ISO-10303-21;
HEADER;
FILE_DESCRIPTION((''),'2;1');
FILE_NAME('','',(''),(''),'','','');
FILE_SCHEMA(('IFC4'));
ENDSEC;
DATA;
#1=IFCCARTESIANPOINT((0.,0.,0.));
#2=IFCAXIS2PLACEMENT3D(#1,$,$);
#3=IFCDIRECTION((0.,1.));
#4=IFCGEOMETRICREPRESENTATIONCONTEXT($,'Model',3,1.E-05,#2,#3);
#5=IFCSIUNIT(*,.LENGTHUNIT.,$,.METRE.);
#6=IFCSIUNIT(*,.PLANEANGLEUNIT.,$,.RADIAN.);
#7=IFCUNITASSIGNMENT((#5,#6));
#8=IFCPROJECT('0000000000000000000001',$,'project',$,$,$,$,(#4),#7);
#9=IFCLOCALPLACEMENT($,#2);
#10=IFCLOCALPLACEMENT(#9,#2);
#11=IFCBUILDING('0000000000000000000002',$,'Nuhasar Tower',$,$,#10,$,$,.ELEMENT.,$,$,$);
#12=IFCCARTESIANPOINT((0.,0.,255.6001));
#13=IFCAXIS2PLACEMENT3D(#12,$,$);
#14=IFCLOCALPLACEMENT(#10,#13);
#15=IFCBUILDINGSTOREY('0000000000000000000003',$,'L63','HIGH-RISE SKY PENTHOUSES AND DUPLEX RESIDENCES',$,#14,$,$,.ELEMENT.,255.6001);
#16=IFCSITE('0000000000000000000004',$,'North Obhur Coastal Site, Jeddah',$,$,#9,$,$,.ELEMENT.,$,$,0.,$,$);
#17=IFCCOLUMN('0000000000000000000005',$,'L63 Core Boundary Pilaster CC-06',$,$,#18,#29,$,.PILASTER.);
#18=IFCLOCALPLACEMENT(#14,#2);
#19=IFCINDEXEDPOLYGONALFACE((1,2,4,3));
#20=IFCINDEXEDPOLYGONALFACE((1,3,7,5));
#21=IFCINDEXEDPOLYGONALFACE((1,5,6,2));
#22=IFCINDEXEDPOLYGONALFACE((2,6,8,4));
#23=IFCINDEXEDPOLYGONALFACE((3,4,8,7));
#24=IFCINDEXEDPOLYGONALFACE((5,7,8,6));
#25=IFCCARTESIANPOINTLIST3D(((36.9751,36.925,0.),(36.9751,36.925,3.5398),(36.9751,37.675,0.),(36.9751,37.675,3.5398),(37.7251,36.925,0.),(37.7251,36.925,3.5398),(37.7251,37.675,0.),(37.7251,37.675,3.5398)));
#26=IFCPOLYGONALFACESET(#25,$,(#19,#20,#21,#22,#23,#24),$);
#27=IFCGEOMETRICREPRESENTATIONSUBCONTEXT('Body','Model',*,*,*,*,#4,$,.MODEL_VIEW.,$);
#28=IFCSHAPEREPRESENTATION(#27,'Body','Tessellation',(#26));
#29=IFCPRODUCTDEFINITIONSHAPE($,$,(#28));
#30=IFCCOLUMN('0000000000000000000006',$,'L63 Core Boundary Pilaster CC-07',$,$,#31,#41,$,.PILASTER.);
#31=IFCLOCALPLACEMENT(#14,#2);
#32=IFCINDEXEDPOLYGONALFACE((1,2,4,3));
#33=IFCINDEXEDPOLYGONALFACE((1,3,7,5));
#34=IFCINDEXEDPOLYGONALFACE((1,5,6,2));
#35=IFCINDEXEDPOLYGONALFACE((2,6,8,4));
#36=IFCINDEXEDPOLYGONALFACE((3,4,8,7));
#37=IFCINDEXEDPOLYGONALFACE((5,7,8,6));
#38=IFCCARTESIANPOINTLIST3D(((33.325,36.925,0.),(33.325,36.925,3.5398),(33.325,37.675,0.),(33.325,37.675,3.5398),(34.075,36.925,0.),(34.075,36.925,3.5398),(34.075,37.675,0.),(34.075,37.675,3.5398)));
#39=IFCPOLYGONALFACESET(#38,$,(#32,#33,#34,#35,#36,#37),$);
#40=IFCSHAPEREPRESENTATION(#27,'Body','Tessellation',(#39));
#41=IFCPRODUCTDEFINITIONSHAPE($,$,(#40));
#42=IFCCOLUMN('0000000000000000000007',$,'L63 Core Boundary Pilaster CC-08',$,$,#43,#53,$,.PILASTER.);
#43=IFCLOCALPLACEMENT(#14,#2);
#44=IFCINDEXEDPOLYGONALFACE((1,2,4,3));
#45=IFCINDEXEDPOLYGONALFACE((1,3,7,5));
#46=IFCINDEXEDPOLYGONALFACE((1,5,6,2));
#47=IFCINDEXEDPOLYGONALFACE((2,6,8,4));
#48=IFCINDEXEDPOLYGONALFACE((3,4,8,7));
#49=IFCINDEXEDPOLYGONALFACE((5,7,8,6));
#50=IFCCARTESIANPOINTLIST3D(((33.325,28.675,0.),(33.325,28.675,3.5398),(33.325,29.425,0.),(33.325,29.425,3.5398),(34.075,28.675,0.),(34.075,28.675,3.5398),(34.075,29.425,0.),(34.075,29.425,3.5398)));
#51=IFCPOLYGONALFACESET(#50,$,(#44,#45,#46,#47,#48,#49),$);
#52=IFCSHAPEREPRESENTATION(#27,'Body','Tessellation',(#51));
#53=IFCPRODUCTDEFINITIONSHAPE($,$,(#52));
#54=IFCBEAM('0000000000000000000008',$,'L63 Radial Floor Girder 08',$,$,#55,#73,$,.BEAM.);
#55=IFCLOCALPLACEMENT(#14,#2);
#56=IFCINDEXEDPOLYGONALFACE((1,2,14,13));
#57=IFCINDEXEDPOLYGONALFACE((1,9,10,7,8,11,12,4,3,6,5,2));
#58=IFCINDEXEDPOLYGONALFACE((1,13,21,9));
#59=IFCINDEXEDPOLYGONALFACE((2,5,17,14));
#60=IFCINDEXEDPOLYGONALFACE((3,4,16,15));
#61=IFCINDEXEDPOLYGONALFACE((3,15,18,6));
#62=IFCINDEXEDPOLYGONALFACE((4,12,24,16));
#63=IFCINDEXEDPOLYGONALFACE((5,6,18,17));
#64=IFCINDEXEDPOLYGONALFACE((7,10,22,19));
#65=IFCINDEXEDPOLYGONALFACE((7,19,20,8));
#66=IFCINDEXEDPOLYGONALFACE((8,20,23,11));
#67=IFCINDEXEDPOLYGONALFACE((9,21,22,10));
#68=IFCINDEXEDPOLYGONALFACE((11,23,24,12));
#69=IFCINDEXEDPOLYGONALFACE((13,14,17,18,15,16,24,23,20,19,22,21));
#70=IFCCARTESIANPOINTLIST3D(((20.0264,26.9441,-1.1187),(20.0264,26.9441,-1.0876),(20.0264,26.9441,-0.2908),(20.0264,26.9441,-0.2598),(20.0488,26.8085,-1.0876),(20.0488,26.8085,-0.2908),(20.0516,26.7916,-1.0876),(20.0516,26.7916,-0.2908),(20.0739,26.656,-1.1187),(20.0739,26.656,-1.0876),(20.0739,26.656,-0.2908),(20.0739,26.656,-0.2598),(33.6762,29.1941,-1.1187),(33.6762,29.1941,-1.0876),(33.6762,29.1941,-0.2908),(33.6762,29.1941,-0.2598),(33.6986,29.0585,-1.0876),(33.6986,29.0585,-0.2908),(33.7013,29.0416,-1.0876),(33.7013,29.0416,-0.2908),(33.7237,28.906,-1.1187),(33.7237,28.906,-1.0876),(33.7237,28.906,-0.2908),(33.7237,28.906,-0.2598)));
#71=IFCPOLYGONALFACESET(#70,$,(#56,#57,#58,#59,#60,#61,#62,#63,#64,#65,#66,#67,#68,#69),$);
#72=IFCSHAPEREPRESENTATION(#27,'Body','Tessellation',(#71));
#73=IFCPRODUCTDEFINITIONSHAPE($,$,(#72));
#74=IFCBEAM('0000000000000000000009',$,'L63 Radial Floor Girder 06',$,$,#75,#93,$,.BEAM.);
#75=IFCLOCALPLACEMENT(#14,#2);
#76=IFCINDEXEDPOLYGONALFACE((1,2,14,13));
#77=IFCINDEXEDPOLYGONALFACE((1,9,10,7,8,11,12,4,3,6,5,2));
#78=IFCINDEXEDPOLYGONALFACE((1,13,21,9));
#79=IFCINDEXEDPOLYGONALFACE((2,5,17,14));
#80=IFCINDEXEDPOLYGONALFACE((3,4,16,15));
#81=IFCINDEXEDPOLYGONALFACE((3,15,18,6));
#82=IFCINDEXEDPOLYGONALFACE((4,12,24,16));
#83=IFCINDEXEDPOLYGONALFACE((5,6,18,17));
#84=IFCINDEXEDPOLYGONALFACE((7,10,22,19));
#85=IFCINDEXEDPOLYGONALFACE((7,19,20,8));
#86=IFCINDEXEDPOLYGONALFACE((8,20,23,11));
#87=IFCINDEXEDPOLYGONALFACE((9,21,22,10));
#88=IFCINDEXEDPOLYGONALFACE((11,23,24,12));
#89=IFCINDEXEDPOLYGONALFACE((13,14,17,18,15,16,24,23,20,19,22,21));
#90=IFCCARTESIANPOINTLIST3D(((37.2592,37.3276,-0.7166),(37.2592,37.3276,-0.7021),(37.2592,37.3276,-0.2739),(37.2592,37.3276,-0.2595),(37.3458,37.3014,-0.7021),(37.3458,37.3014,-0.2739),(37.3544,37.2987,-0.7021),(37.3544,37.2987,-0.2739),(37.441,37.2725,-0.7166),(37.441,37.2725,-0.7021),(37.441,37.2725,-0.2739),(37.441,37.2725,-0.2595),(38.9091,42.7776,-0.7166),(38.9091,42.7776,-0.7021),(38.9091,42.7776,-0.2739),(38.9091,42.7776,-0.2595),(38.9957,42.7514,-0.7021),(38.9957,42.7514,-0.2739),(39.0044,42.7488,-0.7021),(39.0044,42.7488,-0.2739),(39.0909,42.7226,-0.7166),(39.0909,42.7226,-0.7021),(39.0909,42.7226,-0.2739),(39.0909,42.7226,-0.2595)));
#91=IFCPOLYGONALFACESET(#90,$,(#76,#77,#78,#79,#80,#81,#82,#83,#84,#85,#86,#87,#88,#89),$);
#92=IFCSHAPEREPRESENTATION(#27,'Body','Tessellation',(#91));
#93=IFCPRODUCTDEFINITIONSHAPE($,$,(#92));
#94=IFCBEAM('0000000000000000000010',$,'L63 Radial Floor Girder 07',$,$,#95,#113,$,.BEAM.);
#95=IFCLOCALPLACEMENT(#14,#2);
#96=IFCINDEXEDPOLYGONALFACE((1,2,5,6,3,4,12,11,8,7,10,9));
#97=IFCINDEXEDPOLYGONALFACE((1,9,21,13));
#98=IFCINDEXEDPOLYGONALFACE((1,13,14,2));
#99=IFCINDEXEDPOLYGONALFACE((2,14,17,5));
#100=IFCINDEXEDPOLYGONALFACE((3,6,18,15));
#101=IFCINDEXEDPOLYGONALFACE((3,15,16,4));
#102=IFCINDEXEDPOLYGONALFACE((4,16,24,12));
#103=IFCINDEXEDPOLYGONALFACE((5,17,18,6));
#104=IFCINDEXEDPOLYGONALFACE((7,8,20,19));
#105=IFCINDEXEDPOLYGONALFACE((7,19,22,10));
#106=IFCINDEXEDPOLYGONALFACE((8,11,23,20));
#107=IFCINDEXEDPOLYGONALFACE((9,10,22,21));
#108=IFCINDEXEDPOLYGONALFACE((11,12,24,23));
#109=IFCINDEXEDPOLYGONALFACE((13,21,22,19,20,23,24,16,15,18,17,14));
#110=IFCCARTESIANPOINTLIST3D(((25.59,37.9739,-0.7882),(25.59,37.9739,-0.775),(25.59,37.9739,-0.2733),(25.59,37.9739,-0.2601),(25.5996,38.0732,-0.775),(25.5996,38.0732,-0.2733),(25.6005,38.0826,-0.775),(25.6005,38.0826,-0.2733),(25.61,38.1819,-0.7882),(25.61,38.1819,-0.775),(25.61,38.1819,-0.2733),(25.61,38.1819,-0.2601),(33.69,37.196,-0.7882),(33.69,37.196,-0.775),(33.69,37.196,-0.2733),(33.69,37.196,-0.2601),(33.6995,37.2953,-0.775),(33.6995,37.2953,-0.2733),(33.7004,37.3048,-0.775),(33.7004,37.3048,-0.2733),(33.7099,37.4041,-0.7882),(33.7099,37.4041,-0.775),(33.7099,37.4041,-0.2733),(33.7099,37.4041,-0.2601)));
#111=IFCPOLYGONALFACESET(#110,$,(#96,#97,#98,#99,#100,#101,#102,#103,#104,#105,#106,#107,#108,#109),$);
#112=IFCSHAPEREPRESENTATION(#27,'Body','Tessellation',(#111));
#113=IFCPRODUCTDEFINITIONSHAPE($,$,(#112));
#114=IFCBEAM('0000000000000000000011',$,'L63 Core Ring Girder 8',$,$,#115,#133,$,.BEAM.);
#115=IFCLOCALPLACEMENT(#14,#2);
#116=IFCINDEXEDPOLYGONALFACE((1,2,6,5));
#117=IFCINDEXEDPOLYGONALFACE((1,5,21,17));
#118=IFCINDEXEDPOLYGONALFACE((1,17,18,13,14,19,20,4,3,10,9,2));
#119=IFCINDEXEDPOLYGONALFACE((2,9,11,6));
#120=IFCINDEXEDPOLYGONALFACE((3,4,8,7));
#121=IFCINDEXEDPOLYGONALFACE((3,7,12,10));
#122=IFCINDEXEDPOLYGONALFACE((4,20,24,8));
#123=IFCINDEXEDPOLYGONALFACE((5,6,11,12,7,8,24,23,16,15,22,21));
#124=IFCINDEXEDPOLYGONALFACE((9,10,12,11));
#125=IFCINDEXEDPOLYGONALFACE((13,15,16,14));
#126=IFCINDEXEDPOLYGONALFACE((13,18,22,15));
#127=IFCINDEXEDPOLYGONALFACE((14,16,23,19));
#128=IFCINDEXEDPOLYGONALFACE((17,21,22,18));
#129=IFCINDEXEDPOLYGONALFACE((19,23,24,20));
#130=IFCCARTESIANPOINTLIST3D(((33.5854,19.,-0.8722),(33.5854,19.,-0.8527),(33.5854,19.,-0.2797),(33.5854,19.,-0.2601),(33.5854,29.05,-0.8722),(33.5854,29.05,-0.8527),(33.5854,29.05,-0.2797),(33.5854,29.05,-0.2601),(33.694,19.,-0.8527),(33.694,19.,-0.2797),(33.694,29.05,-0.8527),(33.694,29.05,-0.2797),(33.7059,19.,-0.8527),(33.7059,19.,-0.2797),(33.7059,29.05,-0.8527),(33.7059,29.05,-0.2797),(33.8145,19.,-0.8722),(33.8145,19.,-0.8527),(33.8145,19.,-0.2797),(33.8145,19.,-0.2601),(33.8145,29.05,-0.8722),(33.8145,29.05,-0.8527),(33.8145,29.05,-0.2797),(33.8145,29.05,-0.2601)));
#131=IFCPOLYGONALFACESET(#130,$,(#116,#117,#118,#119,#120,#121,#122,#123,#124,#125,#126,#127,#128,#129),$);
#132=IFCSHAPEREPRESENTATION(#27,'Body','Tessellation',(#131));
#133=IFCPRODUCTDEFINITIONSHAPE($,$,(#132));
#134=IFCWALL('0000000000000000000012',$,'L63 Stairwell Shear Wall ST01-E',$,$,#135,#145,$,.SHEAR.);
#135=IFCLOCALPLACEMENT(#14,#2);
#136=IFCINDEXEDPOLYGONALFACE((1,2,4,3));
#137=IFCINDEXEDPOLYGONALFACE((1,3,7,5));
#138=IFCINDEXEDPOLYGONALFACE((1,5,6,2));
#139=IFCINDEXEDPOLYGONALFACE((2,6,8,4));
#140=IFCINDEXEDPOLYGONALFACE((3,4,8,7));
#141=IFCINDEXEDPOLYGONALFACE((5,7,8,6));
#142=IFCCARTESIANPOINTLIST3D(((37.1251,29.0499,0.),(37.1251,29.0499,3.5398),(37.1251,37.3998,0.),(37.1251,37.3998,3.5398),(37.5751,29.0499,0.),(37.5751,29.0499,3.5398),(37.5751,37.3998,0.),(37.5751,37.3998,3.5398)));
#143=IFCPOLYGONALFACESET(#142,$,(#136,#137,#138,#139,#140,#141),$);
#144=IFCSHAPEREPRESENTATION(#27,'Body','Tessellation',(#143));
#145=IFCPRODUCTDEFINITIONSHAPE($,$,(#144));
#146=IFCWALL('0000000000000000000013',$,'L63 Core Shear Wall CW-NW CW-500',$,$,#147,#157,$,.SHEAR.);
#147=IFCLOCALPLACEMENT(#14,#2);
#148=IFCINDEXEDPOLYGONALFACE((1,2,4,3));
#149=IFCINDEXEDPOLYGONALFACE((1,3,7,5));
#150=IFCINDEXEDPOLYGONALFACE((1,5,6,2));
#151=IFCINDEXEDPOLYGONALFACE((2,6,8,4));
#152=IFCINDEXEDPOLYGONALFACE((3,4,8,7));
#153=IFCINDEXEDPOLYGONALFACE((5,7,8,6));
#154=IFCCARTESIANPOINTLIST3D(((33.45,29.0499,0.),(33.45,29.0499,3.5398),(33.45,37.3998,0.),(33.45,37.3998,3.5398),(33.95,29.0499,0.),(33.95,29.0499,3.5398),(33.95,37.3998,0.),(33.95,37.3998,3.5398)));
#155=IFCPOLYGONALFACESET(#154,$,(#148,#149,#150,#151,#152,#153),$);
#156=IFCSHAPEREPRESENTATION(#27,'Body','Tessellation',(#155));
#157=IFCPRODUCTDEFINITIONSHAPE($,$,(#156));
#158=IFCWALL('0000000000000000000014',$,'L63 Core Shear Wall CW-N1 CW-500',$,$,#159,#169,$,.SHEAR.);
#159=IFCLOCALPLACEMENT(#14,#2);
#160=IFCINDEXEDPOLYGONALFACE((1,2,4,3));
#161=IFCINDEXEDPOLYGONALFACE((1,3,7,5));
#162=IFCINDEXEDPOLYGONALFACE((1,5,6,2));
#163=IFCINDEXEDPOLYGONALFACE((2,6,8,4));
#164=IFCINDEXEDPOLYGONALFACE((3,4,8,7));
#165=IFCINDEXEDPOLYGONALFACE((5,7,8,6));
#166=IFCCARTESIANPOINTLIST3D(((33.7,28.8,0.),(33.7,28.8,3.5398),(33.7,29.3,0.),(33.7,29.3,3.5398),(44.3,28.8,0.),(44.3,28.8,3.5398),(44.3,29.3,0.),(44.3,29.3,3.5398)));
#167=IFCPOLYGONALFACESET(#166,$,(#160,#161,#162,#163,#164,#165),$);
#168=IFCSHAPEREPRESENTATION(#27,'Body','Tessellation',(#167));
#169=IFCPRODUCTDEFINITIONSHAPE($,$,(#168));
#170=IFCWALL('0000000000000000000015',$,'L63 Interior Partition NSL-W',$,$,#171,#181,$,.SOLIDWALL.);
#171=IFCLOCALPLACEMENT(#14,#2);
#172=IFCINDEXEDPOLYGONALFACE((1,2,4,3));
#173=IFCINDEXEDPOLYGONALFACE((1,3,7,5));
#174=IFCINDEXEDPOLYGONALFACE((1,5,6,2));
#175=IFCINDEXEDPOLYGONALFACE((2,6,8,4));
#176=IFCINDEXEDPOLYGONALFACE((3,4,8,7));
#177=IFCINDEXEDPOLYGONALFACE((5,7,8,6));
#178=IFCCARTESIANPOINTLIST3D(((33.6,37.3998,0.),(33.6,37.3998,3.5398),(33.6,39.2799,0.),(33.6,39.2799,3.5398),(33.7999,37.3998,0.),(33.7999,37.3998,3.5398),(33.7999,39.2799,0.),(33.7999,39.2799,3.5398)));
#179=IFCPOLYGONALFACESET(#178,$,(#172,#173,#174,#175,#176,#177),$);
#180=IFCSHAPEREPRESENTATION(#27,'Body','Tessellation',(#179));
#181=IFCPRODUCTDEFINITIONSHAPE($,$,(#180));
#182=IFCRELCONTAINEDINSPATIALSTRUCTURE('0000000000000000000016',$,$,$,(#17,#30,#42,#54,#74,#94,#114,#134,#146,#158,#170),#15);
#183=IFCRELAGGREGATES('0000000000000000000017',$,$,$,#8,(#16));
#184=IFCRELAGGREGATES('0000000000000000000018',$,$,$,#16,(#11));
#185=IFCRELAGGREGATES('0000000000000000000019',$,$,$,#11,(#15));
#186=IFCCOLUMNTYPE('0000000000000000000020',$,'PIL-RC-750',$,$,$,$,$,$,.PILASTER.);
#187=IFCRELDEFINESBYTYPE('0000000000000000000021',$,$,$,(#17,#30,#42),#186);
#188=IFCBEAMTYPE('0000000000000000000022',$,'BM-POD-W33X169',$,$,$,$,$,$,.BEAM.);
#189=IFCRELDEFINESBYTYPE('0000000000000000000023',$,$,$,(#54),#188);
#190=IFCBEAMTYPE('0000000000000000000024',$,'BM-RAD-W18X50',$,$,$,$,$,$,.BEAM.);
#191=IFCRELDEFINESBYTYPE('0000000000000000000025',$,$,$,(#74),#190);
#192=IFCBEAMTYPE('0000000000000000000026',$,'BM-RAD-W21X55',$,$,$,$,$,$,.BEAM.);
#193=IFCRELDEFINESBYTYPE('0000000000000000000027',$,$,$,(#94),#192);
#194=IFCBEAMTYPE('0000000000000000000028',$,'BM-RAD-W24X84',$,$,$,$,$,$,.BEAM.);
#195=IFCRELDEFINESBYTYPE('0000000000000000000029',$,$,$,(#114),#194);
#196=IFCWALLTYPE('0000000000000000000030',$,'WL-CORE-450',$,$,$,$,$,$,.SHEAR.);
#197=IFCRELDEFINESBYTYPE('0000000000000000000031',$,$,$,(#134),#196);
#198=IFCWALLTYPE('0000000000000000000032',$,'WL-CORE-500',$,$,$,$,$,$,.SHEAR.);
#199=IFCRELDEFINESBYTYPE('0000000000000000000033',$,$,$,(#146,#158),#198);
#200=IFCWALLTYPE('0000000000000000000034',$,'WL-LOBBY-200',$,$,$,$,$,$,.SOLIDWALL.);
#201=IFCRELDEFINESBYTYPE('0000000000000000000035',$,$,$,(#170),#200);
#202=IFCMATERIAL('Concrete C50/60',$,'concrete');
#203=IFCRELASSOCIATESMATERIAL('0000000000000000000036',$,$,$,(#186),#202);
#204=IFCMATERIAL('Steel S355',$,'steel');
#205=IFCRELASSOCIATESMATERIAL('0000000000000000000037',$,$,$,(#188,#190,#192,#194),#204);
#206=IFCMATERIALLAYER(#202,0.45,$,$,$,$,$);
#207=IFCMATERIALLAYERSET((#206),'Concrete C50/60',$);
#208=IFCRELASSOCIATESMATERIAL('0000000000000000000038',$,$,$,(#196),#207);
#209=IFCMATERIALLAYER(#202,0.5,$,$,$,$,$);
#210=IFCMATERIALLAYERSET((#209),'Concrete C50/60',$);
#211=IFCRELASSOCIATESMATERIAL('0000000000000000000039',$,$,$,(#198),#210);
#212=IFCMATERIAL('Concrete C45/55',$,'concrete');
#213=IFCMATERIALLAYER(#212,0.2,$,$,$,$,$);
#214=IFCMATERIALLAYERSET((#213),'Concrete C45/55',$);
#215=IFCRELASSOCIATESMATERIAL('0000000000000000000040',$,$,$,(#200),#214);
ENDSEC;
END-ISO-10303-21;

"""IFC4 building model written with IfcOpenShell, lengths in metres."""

from ifc_helpers import new_model, si_unit, direction, frame, frame_2d, origin, origin_2d, place, context, subcontext, project, spatial, rectangle, i_section, extrude, material, layer, layer_set, material_profile, profile_set, type_object, element, save


model = new_model("IFC4")

# Units and contexts
model_context = context("Model", 3, precision=1e-05, world=origin(), true_north=direction((0.0, 1.0)))
body_context = subcontext(model_context, "Body", "Model", "MODEL_VIEW")
ifc_project = project(units=[si_unit("LENGTHUNIT", "METRE"), si_unit("PLANEANGLEUNIT", "RADIAN")], contexts=[model_context])

# Site, building, storey
site_placement = place(None, origin())
site = spatial("IfcSite", under=ifc_project, at=site_placement, Name="North Obhur Coastal Site, Jeddah", CompositionType="ELEMENT", RefElevation=0.0)
building_placement = place(site_placement, origin())
building = spatial("IfcBuilding", under=site, at=building_placement, Name="Nuhasar Tower", CompositionType="ELEMENT")
storey_placement = place(building_placement, frame((0.0, 0.0, 255.6001)))
storey = spatial("IfcBuildingStorey", under=building, at=storey_placement, Name="L63", Description="HIGH-RISE SKY PENTHOUSES AND DUPLEX RESIDENCES", CompositionType="ELEMENT", Elevation=255.6001)

# Columns
ifc_material_1 = material(Name="Concrete C50/60", Category="concrete")
ifc_material_profile_1 = material_profile(ifc_material_1, rectangle(XDim=0.75, YDim=0.75, at=origin_2d()), Name="RC750X750")
ifc_profile_set_1 = profile_set([ifc_material_profile_1], Name="Concrete C50/60")
column_type = type_object("IfcColumnType", Name="PIL-RC-750", PredefinedType="PILASTER", material=ifc_profile_set_1)
for number, where, z_axis, x_axis, name in (
    (1, (37.3501, 37.3, 0.0), (0.0, 0.0, 1.0), (1.0, 0.0, 0.0), "L63 Core Boundary Pilaster CC-06"),
    (2, (33.7, 37.3, 0.0), (0.0, 0.0, 1.0), (1.0, 0.0, 0.0), "L63 Core Boundary Pilaster CC-07"),
    (3, (33.7, 29.05, 0.0), (0.0, 0.0, 1.0), (1.0, 0.0, 0.0), "L63 Core Boundary Pilaster CC-08"),
):
    element("IfcColumn", number, at=place(storey_placement, frame(where, z_axis=z_axis, x_axis=x_axis)), inside=storey, type_object=column_type, Name=name, PredefinedType="PILASTER", context=body_context, shape_type="SweptSolid", body=[
        extrude(rectangle(XDim=0.75, YDim=0.75, at=origin_2d()), origin(), (0.0, 0.0, 1.0), 3.5398),
    ])

# Beams
ifc_material_2 = material(Name="Steel S355", Category="steel")
ifc_material_profile_2 = material_profile(ifc_material_2, i_section(OverallWidth=0.292, OverallDepth=0.8589, WebThickness=0.0171, FlangeThickness=0.031, at=origin_2d()), Name="W33X169")
ifc_profile_set_2 = profile_set([ifc_material_profile_2], Name="Steel S355")
beam_type_1 = type_object("IfcBeamType", Name="BM-POD-W33X169", PredefinedType="BEAM", material=ifc_profile_set_2)
beam_1_placement = place(storey_placement, frame((33.7, 29.05, -0.6892), z_axis=(-0.986685, -0.162642, 0.0), x_axis=(0.162642, -0.986685, 0.0)))
element("IfcBeam", 4, at=beam_1_placement, inside=storey, type_object=beam_type_1, Name="L63 Radial Floor Girder 08", PredefinedType="BEAM", context=body_context, shape_type="SweptSolid", body=[
    extrude(i_section(OverallWidth=0.292, OverallDepth=0.8589, WebThickness=0.0171, FlangeThickness=0.031, at=origin_2d()), origin(), (0.0, 0.0, 1.0), 13.834),
])
ifc_material_profile_3 = material_profile(ifc_material_2, i_section(OverallWidth=0.1899, OverallDepth=0.457, WebThickness=0.009, FlangeThickness=0.0144, at=origin_2d()), Name="W18X50")
ifc_profile_set_3 = profile_set([ifc_material_profile_3], Name="Steel S355")
beam_type_2 = type_object("IfcBeamType", Name="BM-RAD-W18X50", PredefinedType="BEAM", material=ifc_profile_set_3)
beam_2_placement = place(storey_placement, frame((37.3501, 37.3, -0.488), z_axis=(0.28975, 0.957102, 0.0), x_axis=(-0.957102, 0.28975, 0.0)))
element("IfcBeam", 5, at=beam_2_placement, inside=storey, type_object=beam_type_2, Name="L63 Radial Floor Girder 06", PredefinedType="BEAM", context=body_context, shape_type="SweptSolid", body=[
    extrude(i_section(OverallWidth=0.1899, OverallDepth=0.457, WebThickness=0.009, FlangeThickness=0.0144, at=origin_2d()), origin(), (0.0, 0.0, 1.0), 5.6943),
])
ifc_material_profile_4 = material_profile(ifc_material_2, i_section(OverallWidth=0.209, OverallDepth=0.5281, WebThickness=0.0095, FlangeThickness=0.0132, at=origin_2d()), Name="W21X55")
ifc_profile_set_4 = profile_set([ifc_material_profile_4], Name="Steel S355")
beam_type_3 = type_object("IfcBeamType", Name="BM-RAD-W21X55", PredefinedType="BEAM", material=ifc_profile_set_4)
beam_3_placement = place(storey_placement, frame((33.7, 37.3, -0.5242), z_axis=(-0.995421, 0.095591, 0.0), x_axis=(-0.095591, -0.995421, 0.0)))
element("IfcBeam", 6, at=beam_3_placement, inside=storey, type_object=beam_type_3, Name="L63 Radial Floor Girder 07", PredefinedType="BEAM", context=body_context, shape_type="SweptSolid", body=[
    extrude(i_section(OverallWidth=0.209, OverallDepth=0.5281, WebThickness=0.0095, FlangeThickness=0.0132, at=origin_2d()), origin(), (0.0, 0.0, 1.0), 8.1372),
])
ifc_material_profile_5 = material_profile(ifc_material_2, i_section(OverallWidth=0.229, OverallDepth=0.6121, WebThickness=0.012, FlangeThickness=0.0195, at=origin_2d()), Name="W24X84")
ifc_profile_set_5 = profile_set([ifc_material_profile_5], Name="Steel S355")
beam_type_4 = type_object("IfcBeamType", Name="BM-RAD-W24X84", PredefinedType="BEAM", material=ifc_profile_set_5)
beam_4_placement = place(storey_placement, frame((33.7, 29.05, -0.5662), z_axis=(0.0, -1.0, 0.0), x_axis=(1.0, 0.0, 0.0)))
element("IfcBeam", 7, at=beam_4_placement, inside=storey, type_object=beam_type_4, Name="L63 Core Ring Girder 8", PredefinedType="BEAM", context=body_context, shape_type="SweptSolid", body=[
    extrude(i_section(OverallWidth=0.229, OverallDepth=0.6121, WebThickness=0.012, FlangeThickness=0.0195, at=origin_2d()), origin(), (0.0, 0.0, 1.0), 10.05),
])

# Walls
ifc_layer_1 = layer(ifc_material_1, 0.45)
ifc_layer_set_1 = layer_set([ifc_layer_1], Name="Concrete C50/60")
wall_type_1 = type_object("IfcWallType", Name="WL-CORE-450", PredefinedType="SHEAR", material=ifc_layer_set_1)
wall_1_placement = place(storey_placement, frame((37.3501, 29.05, 0.0), z_axis=(0.0, 0.0, 1.0), x_axis=(0.0, 1.0, 0.0)))
element("IfcWall", 8, at=wall_1_placement, inside=storey, type_object=wall_type_1, Name="L63 Stairwell Shear Wall ST01-E", PredefinedType="SHEAR", context=body_context, shape_type="SweptSolid", body=[
    extrude(rectangle(XDim=8.3499, YDim=0.45, at=frame_2d((4.1748, 0.0))), origin(), (0.0, 0.0, 1.0), 3.5398),
])
ifc_layer_2 = layer(ifc_material_1, 0.5)
ifc_layer_set_2 = layer_set([ifc_layer_2], Name="Concrete C50/60")
wall_type_2 = type_object("IfcWallType", Name="WL-CORE-500", PredefinedType="SHEAR", material=ifc_layer_set_2)
wall_2_placement = place(storey_placement, frame((33.7, 29.05, 0.0), z_axis=(0.0, 0.0, 1.0), x_axis=(0.0, 1.0, 0.0)))
element("IfcWall", 9, at=wall_2_placement, inside=storey, type_object=wall_type_2, Name="L63 Core Shear Wall CW-NW CW-500", PredefinedType="SHEAR", context=body_context, shape_type="SweptSolid", body=[
    extrude(rectangle(XDim=8.3499, YDim=0.5, at=frame_2d((4.1748, 0.0))), origin(), (0.0, 0.0, 1.0), 3.5398),
])
wall_3_placement = place(storey_placement, frame((33.7, 29.05, 0.0), z_axis=(0.0, 0.0, 1.0), x_axis=(1.0, 0.0, 0.0)))
element("IfcWall", 10, at=wall_3_placement, inside=storey, type_object=wall_type_2, Name="L63 Core Shear Wall CW-N1 CW-500", PredefinedType="SHEAR", context=body_context, shape_type="SweptSolid", body=[
    extrude(rectangle(XDim=10.6001, YDim=0.5, at=frame_2d((5.3, 0.0))), origin(), (0.0, 0.0, 1.0), 3.5398),
])
ifc_material_3 = material(Name="Concrete C45/55", Category="concrete")
ifc_layer_3 = layer(ifc_material_3, 0.2)
ifc_layer_set_3 = layer_set([ifc_layer_3], Name="Concrete C45/55")
wall_type_3 = type_object("IfcWallType", Name="WL-LOBBY-200", PredefinedType="SOLIDWALL", material=ifc_layer_set_3)
wall_4_placement = place(storey_placement, frame((33.7, 37.3999, 0.0), z_axis=(0.0, 0.0, 1.0), x_axis=(0.0, 1.0, 0.0)))
element("IfcWall", 11, at=wall_4_placement, inside=storey, type_object=wall_type_3, Name="L63 Interior Partition NSL-W", PredefinedType="SOLIDWALL", context=body_context, shape_type="SweptSolid", body=[
    extrude(rectangle(XDim=1.8801, YDim=0.2, at=frame_2d((0.9399, 0.0))), origin(), (0.0, 0.0, 1.0), 3.5398),
])

save(model, "model.ifc")
